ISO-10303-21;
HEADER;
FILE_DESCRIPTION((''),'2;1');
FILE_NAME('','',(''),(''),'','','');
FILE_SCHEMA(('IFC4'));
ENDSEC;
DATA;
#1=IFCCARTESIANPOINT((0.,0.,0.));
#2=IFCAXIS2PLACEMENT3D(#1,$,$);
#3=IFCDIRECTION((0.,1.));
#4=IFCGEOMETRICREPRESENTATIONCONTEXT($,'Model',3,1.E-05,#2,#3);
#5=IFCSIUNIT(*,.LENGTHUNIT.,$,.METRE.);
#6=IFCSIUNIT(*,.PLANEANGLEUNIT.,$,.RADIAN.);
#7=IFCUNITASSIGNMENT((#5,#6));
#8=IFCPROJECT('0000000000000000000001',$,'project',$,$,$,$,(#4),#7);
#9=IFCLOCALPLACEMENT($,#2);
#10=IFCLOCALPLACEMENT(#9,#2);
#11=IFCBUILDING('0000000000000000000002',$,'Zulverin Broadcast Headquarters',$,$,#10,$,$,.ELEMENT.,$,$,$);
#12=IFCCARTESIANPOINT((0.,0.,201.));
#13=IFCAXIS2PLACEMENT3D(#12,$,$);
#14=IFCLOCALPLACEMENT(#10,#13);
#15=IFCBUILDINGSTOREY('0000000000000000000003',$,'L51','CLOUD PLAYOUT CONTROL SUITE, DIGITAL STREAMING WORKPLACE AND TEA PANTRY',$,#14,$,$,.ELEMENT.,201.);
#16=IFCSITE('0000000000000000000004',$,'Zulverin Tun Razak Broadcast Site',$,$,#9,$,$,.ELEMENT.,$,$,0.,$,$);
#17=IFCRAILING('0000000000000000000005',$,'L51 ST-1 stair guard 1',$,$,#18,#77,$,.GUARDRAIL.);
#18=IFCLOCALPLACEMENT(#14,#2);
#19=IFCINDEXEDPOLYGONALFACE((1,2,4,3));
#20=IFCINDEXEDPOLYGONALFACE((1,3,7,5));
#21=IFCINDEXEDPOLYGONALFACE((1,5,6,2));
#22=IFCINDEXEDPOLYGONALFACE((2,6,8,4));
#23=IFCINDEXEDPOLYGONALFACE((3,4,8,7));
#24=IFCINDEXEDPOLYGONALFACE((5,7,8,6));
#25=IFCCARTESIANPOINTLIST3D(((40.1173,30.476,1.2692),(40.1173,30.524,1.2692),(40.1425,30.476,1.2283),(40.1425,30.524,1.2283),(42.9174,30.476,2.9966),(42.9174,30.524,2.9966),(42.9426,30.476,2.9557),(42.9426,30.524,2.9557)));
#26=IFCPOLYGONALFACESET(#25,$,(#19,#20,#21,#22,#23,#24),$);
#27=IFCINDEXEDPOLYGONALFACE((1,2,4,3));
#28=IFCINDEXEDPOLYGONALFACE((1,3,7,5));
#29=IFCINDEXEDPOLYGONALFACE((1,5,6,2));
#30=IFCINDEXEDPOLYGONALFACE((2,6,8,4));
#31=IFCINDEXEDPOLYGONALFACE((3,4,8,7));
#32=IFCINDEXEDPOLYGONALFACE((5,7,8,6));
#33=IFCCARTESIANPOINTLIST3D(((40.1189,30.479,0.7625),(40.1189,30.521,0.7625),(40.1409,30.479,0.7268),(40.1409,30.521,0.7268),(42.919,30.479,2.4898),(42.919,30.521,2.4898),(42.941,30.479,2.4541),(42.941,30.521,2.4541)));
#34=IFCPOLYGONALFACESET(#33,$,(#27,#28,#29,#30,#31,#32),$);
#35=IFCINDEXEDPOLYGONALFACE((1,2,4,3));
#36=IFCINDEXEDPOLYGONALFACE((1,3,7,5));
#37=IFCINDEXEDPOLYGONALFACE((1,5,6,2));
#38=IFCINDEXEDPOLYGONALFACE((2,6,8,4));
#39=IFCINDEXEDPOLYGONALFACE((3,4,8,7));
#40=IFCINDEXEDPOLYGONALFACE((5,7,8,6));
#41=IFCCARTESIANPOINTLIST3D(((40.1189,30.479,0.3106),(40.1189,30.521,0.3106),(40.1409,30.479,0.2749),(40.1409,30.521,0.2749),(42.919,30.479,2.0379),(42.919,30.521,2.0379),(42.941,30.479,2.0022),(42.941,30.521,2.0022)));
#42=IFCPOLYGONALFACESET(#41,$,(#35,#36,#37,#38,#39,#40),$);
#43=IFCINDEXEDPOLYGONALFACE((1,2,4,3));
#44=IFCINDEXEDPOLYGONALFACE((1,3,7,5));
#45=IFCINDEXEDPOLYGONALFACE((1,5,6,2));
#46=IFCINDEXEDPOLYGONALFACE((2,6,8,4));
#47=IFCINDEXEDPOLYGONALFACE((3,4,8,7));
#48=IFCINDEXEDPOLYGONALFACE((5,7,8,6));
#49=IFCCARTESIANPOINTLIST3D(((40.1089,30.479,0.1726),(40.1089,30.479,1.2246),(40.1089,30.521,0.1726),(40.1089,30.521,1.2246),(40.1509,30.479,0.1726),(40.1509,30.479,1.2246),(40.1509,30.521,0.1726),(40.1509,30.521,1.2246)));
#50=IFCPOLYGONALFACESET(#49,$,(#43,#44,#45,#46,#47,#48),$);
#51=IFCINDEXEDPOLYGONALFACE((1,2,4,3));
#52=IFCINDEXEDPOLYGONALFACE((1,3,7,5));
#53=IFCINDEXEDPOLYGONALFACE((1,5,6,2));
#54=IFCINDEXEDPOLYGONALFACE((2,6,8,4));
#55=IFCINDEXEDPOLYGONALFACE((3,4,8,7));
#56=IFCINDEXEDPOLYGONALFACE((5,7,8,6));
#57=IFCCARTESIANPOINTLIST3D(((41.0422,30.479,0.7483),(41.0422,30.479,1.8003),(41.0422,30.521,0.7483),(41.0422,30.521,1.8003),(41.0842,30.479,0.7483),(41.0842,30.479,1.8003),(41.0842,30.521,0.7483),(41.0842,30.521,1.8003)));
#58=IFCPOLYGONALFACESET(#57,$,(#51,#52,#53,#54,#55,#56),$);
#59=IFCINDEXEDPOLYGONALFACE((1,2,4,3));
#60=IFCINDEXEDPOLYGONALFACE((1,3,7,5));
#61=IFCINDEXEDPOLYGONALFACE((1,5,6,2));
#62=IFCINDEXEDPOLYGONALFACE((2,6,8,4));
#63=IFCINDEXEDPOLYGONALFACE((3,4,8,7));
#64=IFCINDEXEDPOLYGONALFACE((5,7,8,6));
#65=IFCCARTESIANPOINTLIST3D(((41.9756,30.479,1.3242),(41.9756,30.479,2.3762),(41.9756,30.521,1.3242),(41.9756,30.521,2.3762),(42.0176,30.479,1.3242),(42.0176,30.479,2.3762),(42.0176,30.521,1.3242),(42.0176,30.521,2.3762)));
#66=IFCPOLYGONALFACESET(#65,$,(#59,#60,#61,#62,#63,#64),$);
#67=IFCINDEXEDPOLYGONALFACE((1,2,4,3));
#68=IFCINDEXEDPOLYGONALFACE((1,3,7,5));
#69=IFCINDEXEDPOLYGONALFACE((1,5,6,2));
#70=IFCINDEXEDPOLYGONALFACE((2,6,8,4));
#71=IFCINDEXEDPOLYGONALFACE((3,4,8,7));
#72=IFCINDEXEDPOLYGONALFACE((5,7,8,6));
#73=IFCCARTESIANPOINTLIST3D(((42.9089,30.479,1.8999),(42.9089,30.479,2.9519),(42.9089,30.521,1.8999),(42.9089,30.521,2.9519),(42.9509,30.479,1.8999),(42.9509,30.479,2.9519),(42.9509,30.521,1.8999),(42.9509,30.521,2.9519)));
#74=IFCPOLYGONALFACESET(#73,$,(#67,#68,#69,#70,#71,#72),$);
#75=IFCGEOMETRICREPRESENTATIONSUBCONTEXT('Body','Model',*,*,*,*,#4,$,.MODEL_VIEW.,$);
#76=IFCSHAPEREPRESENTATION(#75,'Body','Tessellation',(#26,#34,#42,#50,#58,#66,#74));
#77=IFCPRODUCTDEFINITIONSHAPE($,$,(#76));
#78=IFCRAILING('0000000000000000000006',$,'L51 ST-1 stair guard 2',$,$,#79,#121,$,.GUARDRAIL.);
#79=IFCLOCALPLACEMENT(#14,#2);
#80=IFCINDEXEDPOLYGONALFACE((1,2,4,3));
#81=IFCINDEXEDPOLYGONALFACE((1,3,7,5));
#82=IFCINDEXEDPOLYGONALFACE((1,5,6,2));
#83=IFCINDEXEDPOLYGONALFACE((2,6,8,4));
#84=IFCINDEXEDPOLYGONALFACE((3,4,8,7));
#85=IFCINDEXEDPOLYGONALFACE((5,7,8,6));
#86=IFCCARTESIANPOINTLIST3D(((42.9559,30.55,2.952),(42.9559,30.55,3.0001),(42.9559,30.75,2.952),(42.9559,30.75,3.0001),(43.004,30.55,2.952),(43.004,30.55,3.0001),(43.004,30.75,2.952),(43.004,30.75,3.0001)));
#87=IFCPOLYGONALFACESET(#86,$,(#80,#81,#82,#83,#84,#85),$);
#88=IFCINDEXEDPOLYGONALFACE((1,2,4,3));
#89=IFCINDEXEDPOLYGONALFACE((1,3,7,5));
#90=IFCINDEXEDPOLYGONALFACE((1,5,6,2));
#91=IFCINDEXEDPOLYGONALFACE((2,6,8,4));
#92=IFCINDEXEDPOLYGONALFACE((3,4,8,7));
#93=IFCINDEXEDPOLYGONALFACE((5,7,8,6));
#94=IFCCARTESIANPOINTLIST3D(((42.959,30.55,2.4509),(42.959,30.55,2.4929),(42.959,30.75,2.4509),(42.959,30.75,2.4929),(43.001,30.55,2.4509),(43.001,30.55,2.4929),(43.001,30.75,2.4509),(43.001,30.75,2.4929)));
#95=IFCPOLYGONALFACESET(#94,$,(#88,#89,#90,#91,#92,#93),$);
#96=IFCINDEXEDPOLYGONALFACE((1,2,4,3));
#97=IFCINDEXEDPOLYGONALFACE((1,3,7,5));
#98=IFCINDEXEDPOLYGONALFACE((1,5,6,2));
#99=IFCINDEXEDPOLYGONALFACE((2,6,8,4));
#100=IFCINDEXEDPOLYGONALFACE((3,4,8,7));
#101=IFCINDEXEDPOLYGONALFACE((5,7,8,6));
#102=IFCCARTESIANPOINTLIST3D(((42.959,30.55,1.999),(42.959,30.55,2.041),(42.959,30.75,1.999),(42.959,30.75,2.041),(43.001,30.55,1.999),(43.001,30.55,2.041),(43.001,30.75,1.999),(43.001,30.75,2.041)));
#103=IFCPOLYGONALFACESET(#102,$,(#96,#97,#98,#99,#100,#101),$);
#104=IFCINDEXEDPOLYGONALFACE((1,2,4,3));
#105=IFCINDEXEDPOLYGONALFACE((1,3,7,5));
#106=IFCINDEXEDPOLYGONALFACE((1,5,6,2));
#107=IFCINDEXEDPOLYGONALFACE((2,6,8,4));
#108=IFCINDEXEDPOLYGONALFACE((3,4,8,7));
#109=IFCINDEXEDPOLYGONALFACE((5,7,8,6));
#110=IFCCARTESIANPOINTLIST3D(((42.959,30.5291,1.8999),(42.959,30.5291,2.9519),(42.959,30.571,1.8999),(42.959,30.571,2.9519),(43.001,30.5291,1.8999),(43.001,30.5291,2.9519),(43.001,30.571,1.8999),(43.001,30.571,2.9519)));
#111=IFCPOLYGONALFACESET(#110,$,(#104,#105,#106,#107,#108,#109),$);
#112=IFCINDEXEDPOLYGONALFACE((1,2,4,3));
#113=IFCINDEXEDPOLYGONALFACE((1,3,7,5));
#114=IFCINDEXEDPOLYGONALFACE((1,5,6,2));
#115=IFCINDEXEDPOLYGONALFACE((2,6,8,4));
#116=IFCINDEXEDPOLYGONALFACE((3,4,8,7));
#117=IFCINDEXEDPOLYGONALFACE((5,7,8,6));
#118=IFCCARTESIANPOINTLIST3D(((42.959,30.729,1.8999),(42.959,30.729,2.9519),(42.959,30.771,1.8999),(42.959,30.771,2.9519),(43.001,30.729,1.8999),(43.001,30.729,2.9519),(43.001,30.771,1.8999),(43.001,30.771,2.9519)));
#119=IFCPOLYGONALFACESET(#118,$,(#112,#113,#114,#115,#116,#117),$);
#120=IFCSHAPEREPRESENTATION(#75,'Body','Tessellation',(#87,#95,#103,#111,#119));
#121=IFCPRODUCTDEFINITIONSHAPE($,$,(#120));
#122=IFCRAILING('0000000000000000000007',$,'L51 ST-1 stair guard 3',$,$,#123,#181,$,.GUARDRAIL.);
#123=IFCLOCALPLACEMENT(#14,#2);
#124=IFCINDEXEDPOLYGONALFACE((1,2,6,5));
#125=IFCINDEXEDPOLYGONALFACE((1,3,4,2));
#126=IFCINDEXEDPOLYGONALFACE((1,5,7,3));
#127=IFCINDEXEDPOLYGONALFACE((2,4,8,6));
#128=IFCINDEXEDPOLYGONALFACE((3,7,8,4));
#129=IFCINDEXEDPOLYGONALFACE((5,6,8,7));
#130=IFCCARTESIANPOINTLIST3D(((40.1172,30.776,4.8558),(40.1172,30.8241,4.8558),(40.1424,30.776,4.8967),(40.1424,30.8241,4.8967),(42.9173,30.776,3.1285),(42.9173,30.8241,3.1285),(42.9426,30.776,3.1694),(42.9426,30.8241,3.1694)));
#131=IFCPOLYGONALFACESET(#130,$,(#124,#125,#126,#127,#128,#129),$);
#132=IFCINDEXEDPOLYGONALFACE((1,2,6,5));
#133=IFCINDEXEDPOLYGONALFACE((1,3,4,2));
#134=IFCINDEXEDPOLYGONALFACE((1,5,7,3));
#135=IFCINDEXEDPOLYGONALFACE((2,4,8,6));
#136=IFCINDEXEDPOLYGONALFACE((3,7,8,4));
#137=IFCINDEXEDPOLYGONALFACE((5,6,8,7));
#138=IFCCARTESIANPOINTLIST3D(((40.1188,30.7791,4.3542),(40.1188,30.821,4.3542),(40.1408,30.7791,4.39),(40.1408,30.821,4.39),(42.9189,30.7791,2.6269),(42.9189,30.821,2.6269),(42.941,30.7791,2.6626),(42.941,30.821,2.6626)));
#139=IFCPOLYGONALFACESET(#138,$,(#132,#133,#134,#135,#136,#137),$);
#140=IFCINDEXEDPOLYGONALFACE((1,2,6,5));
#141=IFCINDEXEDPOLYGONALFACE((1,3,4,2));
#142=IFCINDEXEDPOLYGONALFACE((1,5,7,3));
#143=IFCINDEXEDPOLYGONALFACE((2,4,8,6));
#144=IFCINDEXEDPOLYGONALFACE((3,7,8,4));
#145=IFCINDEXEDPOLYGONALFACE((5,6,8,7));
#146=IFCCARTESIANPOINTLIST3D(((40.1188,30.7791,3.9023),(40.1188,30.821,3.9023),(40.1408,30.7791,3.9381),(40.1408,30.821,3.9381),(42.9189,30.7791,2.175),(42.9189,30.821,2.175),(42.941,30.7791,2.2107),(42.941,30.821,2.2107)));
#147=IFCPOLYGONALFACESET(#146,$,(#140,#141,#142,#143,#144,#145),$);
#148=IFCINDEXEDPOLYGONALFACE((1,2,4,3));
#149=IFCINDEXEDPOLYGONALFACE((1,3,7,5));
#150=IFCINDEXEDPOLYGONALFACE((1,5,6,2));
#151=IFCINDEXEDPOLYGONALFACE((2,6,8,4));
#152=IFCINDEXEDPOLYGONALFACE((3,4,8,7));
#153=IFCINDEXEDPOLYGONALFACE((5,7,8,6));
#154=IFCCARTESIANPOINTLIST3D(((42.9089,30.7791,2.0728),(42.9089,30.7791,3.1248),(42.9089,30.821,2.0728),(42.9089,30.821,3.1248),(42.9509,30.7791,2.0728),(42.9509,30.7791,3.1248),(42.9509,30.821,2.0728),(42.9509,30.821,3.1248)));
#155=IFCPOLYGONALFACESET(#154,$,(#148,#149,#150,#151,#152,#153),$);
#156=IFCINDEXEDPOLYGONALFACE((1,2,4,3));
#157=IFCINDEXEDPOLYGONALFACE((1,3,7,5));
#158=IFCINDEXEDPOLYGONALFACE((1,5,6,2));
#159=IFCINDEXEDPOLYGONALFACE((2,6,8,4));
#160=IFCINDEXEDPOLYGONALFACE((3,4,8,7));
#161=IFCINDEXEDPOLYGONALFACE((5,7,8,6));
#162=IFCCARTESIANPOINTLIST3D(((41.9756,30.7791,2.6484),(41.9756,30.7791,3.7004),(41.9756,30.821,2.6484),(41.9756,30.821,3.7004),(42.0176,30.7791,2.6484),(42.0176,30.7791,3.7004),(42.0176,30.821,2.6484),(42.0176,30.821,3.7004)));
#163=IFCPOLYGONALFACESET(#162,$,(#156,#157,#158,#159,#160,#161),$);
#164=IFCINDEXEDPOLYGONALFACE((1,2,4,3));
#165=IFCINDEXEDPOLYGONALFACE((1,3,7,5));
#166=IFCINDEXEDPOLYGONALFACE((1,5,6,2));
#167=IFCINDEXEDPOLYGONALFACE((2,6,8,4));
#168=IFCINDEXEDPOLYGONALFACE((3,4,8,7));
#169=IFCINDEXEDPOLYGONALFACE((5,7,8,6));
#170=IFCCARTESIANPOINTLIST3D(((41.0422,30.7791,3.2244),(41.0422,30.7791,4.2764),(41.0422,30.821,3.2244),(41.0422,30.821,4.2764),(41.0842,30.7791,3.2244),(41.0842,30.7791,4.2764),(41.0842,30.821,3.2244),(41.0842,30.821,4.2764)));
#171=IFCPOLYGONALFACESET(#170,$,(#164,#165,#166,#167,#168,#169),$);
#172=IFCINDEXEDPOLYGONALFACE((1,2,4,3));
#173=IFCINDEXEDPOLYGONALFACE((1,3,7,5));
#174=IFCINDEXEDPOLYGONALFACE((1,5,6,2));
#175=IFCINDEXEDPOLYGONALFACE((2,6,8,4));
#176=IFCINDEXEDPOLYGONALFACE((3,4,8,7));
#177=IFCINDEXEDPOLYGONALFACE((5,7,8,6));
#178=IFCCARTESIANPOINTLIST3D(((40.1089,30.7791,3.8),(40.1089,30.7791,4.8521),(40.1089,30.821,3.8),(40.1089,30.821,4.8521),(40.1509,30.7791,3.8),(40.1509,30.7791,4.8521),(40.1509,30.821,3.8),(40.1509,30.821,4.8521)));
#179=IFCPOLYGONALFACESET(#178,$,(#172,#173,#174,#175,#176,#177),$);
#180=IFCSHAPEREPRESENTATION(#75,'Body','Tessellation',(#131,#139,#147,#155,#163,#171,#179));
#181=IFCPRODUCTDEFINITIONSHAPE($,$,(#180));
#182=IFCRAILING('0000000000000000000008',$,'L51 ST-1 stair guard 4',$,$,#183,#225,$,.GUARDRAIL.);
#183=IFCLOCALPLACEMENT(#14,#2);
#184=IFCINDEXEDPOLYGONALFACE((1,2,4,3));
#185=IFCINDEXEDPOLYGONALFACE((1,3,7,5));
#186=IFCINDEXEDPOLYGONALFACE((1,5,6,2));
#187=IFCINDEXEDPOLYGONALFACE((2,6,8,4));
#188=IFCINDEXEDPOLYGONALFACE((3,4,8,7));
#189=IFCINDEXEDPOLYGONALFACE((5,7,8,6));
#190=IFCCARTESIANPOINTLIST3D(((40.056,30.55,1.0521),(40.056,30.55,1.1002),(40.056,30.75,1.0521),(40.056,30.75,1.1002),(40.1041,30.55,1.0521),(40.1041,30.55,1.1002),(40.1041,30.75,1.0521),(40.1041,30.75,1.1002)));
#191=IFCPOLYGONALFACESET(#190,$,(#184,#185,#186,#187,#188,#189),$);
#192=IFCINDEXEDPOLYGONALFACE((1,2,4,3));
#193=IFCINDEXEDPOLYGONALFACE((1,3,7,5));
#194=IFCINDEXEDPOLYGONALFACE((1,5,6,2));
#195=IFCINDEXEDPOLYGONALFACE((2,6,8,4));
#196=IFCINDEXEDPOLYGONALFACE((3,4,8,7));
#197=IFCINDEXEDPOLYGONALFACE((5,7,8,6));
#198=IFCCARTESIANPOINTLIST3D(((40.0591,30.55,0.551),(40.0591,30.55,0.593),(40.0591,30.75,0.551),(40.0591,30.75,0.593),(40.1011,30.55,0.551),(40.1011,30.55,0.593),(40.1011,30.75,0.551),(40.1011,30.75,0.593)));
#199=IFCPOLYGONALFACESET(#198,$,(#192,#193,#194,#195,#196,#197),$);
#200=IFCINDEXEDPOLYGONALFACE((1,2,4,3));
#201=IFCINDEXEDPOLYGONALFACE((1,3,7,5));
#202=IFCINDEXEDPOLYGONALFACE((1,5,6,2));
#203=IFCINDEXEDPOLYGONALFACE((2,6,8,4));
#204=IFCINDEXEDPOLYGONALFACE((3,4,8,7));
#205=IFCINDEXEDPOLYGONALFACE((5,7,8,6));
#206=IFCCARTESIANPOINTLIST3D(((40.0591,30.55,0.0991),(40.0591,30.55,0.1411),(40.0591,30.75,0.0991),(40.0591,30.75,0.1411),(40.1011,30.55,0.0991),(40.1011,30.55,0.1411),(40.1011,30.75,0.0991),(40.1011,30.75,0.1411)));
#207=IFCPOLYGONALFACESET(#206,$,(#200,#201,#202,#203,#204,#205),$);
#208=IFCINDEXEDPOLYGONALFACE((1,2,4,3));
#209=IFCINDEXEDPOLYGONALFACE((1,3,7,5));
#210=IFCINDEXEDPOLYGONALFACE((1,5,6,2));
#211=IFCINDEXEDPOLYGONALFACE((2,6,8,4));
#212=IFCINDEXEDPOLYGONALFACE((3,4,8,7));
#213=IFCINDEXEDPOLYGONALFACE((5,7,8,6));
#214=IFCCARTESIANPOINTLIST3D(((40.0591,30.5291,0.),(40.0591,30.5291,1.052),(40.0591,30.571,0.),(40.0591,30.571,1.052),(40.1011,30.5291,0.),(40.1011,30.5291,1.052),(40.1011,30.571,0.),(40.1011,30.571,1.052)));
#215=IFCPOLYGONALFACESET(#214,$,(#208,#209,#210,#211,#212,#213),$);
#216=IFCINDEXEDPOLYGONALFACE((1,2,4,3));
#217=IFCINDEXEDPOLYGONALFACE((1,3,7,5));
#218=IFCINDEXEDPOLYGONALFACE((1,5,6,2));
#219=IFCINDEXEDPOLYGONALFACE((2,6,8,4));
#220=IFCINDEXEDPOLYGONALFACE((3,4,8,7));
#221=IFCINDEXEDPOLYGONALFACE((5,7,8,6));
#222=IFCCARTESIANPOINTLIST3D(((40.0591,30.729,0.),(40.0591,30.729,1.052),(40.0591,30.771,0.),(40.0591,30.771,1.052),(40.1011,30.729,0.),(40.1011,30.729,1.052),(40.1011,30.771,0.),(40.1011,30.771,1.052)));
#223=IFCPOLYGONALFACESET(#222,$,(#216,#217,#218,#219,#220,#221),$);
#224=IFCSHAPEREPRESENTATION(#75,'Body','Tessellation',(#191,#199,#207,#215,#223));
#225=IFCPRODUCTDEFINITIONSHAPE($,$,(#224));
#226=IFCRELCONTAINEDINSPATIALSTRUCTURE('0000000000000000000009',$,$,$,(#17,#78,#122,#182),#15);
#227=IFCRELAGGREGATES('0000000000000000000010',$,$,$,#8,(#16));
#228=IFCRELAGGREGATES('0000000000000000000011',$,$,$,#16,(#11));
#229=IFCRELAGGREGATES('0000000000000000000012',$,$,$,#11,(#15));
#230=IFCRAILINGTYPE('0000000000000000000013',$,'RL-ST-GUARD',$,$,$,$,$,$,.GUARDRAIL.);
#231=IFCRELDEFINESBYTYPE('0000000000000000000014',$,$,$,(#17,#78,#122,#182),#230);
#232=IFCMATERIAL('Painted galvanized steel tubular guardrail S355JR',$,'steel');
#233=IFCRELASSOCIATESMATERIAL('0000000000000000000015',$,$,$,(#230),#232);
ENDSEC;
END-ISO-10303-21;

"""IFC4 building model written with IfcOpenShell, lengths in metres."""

from ifc_helpers import new_model, si_unit, direction, frame, origin, origin_2d, place, context, subcontext, project, spatial, rectangle, extrude, material, type_object, element, save


model = new_model("IFC4")

# Units and contexts
model_context = context("Model", 3, precision=1e-05, world=origin(), true_north=direction((0.0, 1.0)))
body_context = subcontext(model_context, "Body", "Model", "MODEL_VIEW")
ifc_project = project(units=[si_unit("LENGTHUNIT", "METRE"), si_unit("PLANEANGLEUNIT", "RADIAN")], contexts=[model_context])

# Site, building, storey
site_placement = place(None, origin())
site = spatial("IfcSite", under=ifc_project, at=site_placement, Name="Zulverin Tun Razak Broadcast Site", CompositionType="ELEMENT", RefElevation=0.0)
building_placement = place(site_placement, origin())
building = spatial("IfcBuilding", under=site, at=building_placement, Name="Zulverin Broadcast Headquarters", CompositionType="ELEMENT")
storey_placement = place(building_placement, frame((0.0, 0.0, 201.0)))
storey = spatial("IfcBuildingStorey", under=building, at=storey_placement, Name="L51", Description="CLOUD PLAYOUT CONTROL SUITE, DIGITAL STREAMING WORKPLACE AND TEA PANTRY", CompositionType="ELEMENT", Elevation=201.0)

# Railings
ifc_material_1 = material(Name="Painted galvanized steel tubular guardrail S355JR", Category="steel")
railing_type_1 = type_object("IfcRailingType", Name="RL-ST-GUARD", PredefinedType="GUARDRAIL", material=ifc_material_1)
railing_1_placement = place(storey_placement, frame((40.1299, 30.5, 0.1726)))
element("IfcRailing", 1, at=railing_1_placement, inside=storey, type_object=railing_type_1, Name="L51 ST-1 stair guard 1", PredefinedType="GUARDRAIL", context=body_context, shape_type="SweptSolid", body=[
    extrude(rectangle(XDim=0.0481, YDim=0.0481, at=origin_2d()), frame((0.0, 0.0, 1.0762), z_axis=(0.85109, 0.0, 0.52502), x_axis=(0.0, 1.0, 0.0)), (0.0, 0.0, 1.0), 3.29),
    extrude(rectangle(XDim=0.042, YDim=0.042, at=origin_2d()), frame((0.0, 0.0, 0.572), z_axis=(0.85109, 0.0, 0.52502), x_axis=(0.0, 1.0, 0.0)), (0.0, 0.0, 1.0), 3.29),
    extrude(rectangle(XDim=0.042, YDim=0.042, at=origin_2d()), frame((0.0, 0.0, 0.1201), z_axis=(0.85109, 0.0, 0.52502), x_axis=(0.0, 1.0, 0.0)), (0.0, 0.0, 1.0), 3.29),
    extrude(rectangle(XDim=0.042, YDim=0.042, at=origin_2d()), origin(), (0.0, 0.0, 1.0), 1.052),
    extrude(rectangle(XDim=0.042, YDim=0.042, at=origin_2d()), frame((0.9333, 0.0, 0.5757)), (0.0, 0.0, 1.0), 1.052),
    extrude(rectangle(XDim=0.042, YDim=0.042, at=origin_2d()), frame((1.8667, 0.0, 1.1516)), (0.0, 0.0, 1.0), 1.052),
    extrude(rectangle(XDim=0.042, YDim=0.042, at=origin_2d()), frame((2.8, 0.0, 1.7273)), (0.0, 0.0, 1.0), 1.052),
])
railing_2_placement = place(storey_placement, frame((42.98, 30.55, 1.8999)))
element("IfcRailing", 2, at=railing_2_placement, inside=storey, type_object=railing_type_1, Name="L51 ST-1 stair guard 2", PredefinedType="GUARDRAIL", context=body_context, shape_type="SweptSolid", body=[
    extrude(rectangle(XDim=0.0481, YDim=0.0481, at=origin_2d()), frame((0.0, 0.0, 1.0762), z_axis=(0.0, 1.0, 0.0), x_axis=(-1.0, 0.0, 0.0)), (0.0, 0.0, 1.0), 0.2),
    extrude(rectangle(XDim=0.042, YDim=0.042, at=origin_2d()), frame((0.0, 0.0, 0.572), z_axis=(0.0, 1.0, 0.0), x_axis=(-1.0, 0.0, 0.0)), (0.0, 0.0, 1.0), 0.2),
    extrude(rectangle(XDim=0.042, YDim=0.042, at=origin_2d()), frame((0.0, 0.0, 0.1201), z_axis=(0.0, 1.0, 0.0), x_axis=(-1.0, 0.0, 0.0)), (0.0, 0.0, 1.0), 0.2),
    extrude(rectangle(XDim=0.042, YDim=0.042, at=origin_2d()), origin(), (0.0, 0.0, 1.0), 1.052),
    extrude(rectangle(XDim=0.042, YDim=0.042, at=origin_2d()), frame((0.0, 0.2, 0.0)), (0.0, 0.0, 1.0), 1.052),
])
railing_3_placement = place(storey_placement, frame((42.9299, 30.8, 2.0728)))
element("IfcRailing", 3, at=railing_3_placement, inside=storey, type_object=railing_type_1, Name="L51 ST-1 stair guard 3", PredefinedType="GUARDRAIL", context=body_context, shape_type="SweptSolid", body=[
    extrude(rectangle(XDim=0.0481, YDim=0.0481, at=origin_2d()), frame((0.0, 0.0, 1.0762), z_axis=(-0.85109, 0.0, 0.52502), x_axis=(0.0, -1.0, 0.0)), (0.0, 0.0, 1.0), 3.29),
    extrude(rectangle(XDim=0.042, YDim=0.042, at=origin_2d()), frame((0.0, 0.0, 0.572), z_axis=(-0.85109, 0.0, 0.52502), x_axis=(0.0, -1.0, 0.0)), (0.0, 0.0, 1.0), 3.29),
    extrude(rectangle(XDim=0.042, YDim=0.042, at=origin_2d()), frame((0.0, 0.0, 0.1201), z_axis=(-0.85109, 0.0, 0.52502), x_axis=(0.0, -1.0, 0.0)), (0.0, 0.0, 1.0), 3.29),
    extrude(rectangle(XDim=0.042, YDim=0.042, at=origin_2d()), origin(), (0.0, 0.0, 1.0), 1.052),
    extrude(rectangle(XDim=0.042, YDim=0.042, at=origin_2d()), frame((-0.9333, 0.0, 0.5757)), (0.0, 0.0, 1.0), 1.052),
    extrude(rectangle(XDim=0.042, YDim=0.042, at=origin_2d()), frame((-1.8667, 0.0, 1.1516)), (0.0, 0.0, 1.0), 1.052),
    extrude(rectangle(XDim=0.042, YDim=0.042, at=origin_2d()), frame((-2.8, 0.0, 1.7273)), (0.0, 0.0, 1.0), 1.052),
])
railing_4_placement = place(storey_placement, frame((40.0801, 30.55, 0.0)))
element("IfcRailing", 4, at=railing_4_placement, inside=storey, type_object=railing_type_1, Name="L51 ST-1 stair guard 4", PredefinedType="GUARDRAIL", context=body_context, shape_type="SweptSolid", body=[
    extrude(rectangle(XDim=0.0481, YDim=0.0481, at=origin_2d()), frame((0.0, 0.0, 1.0762), z_axis=(0.0, 1.0, 0.0), x_axis=(-1.0, 0.0, 0.0)), (0.0, 0.0, 1.0), 0.2),
    extrude(rectangle(XDim=0.042, YDim=0.042, at=origin_2d()), frame((0.0, 0.0, 0.572), z_axis=(0.0, 1.0, 0.0), x_axis=(-1.0, 0.0, 0.0)), (0.0, 0.0, 1.0), 0.2),
    extrude(rectangle(XDim=0.042, YDim=0.042, at=origin_2d()), frame((0.0, 0.0, 0.1201), z_axis=(0.0, 1.0, 0.0), x_axis=(-1.0, 0.0, 0.0)), (0.0, 0.0, 1.0), 0.2),
    extrude(rectangle(XDim=0.042, YDim=0.042, at=origin_2d()), origin(), (0.0, 0.0, 1.0), 1.052),
    extrude(rectangle(XDim=0.042, YDim=0.042, at=origin_2d()), frame((0.0, 0.2, 0.0)), (0.0, 0.0, 1.0), 1.052),
])

save(model, "model.ifc")
